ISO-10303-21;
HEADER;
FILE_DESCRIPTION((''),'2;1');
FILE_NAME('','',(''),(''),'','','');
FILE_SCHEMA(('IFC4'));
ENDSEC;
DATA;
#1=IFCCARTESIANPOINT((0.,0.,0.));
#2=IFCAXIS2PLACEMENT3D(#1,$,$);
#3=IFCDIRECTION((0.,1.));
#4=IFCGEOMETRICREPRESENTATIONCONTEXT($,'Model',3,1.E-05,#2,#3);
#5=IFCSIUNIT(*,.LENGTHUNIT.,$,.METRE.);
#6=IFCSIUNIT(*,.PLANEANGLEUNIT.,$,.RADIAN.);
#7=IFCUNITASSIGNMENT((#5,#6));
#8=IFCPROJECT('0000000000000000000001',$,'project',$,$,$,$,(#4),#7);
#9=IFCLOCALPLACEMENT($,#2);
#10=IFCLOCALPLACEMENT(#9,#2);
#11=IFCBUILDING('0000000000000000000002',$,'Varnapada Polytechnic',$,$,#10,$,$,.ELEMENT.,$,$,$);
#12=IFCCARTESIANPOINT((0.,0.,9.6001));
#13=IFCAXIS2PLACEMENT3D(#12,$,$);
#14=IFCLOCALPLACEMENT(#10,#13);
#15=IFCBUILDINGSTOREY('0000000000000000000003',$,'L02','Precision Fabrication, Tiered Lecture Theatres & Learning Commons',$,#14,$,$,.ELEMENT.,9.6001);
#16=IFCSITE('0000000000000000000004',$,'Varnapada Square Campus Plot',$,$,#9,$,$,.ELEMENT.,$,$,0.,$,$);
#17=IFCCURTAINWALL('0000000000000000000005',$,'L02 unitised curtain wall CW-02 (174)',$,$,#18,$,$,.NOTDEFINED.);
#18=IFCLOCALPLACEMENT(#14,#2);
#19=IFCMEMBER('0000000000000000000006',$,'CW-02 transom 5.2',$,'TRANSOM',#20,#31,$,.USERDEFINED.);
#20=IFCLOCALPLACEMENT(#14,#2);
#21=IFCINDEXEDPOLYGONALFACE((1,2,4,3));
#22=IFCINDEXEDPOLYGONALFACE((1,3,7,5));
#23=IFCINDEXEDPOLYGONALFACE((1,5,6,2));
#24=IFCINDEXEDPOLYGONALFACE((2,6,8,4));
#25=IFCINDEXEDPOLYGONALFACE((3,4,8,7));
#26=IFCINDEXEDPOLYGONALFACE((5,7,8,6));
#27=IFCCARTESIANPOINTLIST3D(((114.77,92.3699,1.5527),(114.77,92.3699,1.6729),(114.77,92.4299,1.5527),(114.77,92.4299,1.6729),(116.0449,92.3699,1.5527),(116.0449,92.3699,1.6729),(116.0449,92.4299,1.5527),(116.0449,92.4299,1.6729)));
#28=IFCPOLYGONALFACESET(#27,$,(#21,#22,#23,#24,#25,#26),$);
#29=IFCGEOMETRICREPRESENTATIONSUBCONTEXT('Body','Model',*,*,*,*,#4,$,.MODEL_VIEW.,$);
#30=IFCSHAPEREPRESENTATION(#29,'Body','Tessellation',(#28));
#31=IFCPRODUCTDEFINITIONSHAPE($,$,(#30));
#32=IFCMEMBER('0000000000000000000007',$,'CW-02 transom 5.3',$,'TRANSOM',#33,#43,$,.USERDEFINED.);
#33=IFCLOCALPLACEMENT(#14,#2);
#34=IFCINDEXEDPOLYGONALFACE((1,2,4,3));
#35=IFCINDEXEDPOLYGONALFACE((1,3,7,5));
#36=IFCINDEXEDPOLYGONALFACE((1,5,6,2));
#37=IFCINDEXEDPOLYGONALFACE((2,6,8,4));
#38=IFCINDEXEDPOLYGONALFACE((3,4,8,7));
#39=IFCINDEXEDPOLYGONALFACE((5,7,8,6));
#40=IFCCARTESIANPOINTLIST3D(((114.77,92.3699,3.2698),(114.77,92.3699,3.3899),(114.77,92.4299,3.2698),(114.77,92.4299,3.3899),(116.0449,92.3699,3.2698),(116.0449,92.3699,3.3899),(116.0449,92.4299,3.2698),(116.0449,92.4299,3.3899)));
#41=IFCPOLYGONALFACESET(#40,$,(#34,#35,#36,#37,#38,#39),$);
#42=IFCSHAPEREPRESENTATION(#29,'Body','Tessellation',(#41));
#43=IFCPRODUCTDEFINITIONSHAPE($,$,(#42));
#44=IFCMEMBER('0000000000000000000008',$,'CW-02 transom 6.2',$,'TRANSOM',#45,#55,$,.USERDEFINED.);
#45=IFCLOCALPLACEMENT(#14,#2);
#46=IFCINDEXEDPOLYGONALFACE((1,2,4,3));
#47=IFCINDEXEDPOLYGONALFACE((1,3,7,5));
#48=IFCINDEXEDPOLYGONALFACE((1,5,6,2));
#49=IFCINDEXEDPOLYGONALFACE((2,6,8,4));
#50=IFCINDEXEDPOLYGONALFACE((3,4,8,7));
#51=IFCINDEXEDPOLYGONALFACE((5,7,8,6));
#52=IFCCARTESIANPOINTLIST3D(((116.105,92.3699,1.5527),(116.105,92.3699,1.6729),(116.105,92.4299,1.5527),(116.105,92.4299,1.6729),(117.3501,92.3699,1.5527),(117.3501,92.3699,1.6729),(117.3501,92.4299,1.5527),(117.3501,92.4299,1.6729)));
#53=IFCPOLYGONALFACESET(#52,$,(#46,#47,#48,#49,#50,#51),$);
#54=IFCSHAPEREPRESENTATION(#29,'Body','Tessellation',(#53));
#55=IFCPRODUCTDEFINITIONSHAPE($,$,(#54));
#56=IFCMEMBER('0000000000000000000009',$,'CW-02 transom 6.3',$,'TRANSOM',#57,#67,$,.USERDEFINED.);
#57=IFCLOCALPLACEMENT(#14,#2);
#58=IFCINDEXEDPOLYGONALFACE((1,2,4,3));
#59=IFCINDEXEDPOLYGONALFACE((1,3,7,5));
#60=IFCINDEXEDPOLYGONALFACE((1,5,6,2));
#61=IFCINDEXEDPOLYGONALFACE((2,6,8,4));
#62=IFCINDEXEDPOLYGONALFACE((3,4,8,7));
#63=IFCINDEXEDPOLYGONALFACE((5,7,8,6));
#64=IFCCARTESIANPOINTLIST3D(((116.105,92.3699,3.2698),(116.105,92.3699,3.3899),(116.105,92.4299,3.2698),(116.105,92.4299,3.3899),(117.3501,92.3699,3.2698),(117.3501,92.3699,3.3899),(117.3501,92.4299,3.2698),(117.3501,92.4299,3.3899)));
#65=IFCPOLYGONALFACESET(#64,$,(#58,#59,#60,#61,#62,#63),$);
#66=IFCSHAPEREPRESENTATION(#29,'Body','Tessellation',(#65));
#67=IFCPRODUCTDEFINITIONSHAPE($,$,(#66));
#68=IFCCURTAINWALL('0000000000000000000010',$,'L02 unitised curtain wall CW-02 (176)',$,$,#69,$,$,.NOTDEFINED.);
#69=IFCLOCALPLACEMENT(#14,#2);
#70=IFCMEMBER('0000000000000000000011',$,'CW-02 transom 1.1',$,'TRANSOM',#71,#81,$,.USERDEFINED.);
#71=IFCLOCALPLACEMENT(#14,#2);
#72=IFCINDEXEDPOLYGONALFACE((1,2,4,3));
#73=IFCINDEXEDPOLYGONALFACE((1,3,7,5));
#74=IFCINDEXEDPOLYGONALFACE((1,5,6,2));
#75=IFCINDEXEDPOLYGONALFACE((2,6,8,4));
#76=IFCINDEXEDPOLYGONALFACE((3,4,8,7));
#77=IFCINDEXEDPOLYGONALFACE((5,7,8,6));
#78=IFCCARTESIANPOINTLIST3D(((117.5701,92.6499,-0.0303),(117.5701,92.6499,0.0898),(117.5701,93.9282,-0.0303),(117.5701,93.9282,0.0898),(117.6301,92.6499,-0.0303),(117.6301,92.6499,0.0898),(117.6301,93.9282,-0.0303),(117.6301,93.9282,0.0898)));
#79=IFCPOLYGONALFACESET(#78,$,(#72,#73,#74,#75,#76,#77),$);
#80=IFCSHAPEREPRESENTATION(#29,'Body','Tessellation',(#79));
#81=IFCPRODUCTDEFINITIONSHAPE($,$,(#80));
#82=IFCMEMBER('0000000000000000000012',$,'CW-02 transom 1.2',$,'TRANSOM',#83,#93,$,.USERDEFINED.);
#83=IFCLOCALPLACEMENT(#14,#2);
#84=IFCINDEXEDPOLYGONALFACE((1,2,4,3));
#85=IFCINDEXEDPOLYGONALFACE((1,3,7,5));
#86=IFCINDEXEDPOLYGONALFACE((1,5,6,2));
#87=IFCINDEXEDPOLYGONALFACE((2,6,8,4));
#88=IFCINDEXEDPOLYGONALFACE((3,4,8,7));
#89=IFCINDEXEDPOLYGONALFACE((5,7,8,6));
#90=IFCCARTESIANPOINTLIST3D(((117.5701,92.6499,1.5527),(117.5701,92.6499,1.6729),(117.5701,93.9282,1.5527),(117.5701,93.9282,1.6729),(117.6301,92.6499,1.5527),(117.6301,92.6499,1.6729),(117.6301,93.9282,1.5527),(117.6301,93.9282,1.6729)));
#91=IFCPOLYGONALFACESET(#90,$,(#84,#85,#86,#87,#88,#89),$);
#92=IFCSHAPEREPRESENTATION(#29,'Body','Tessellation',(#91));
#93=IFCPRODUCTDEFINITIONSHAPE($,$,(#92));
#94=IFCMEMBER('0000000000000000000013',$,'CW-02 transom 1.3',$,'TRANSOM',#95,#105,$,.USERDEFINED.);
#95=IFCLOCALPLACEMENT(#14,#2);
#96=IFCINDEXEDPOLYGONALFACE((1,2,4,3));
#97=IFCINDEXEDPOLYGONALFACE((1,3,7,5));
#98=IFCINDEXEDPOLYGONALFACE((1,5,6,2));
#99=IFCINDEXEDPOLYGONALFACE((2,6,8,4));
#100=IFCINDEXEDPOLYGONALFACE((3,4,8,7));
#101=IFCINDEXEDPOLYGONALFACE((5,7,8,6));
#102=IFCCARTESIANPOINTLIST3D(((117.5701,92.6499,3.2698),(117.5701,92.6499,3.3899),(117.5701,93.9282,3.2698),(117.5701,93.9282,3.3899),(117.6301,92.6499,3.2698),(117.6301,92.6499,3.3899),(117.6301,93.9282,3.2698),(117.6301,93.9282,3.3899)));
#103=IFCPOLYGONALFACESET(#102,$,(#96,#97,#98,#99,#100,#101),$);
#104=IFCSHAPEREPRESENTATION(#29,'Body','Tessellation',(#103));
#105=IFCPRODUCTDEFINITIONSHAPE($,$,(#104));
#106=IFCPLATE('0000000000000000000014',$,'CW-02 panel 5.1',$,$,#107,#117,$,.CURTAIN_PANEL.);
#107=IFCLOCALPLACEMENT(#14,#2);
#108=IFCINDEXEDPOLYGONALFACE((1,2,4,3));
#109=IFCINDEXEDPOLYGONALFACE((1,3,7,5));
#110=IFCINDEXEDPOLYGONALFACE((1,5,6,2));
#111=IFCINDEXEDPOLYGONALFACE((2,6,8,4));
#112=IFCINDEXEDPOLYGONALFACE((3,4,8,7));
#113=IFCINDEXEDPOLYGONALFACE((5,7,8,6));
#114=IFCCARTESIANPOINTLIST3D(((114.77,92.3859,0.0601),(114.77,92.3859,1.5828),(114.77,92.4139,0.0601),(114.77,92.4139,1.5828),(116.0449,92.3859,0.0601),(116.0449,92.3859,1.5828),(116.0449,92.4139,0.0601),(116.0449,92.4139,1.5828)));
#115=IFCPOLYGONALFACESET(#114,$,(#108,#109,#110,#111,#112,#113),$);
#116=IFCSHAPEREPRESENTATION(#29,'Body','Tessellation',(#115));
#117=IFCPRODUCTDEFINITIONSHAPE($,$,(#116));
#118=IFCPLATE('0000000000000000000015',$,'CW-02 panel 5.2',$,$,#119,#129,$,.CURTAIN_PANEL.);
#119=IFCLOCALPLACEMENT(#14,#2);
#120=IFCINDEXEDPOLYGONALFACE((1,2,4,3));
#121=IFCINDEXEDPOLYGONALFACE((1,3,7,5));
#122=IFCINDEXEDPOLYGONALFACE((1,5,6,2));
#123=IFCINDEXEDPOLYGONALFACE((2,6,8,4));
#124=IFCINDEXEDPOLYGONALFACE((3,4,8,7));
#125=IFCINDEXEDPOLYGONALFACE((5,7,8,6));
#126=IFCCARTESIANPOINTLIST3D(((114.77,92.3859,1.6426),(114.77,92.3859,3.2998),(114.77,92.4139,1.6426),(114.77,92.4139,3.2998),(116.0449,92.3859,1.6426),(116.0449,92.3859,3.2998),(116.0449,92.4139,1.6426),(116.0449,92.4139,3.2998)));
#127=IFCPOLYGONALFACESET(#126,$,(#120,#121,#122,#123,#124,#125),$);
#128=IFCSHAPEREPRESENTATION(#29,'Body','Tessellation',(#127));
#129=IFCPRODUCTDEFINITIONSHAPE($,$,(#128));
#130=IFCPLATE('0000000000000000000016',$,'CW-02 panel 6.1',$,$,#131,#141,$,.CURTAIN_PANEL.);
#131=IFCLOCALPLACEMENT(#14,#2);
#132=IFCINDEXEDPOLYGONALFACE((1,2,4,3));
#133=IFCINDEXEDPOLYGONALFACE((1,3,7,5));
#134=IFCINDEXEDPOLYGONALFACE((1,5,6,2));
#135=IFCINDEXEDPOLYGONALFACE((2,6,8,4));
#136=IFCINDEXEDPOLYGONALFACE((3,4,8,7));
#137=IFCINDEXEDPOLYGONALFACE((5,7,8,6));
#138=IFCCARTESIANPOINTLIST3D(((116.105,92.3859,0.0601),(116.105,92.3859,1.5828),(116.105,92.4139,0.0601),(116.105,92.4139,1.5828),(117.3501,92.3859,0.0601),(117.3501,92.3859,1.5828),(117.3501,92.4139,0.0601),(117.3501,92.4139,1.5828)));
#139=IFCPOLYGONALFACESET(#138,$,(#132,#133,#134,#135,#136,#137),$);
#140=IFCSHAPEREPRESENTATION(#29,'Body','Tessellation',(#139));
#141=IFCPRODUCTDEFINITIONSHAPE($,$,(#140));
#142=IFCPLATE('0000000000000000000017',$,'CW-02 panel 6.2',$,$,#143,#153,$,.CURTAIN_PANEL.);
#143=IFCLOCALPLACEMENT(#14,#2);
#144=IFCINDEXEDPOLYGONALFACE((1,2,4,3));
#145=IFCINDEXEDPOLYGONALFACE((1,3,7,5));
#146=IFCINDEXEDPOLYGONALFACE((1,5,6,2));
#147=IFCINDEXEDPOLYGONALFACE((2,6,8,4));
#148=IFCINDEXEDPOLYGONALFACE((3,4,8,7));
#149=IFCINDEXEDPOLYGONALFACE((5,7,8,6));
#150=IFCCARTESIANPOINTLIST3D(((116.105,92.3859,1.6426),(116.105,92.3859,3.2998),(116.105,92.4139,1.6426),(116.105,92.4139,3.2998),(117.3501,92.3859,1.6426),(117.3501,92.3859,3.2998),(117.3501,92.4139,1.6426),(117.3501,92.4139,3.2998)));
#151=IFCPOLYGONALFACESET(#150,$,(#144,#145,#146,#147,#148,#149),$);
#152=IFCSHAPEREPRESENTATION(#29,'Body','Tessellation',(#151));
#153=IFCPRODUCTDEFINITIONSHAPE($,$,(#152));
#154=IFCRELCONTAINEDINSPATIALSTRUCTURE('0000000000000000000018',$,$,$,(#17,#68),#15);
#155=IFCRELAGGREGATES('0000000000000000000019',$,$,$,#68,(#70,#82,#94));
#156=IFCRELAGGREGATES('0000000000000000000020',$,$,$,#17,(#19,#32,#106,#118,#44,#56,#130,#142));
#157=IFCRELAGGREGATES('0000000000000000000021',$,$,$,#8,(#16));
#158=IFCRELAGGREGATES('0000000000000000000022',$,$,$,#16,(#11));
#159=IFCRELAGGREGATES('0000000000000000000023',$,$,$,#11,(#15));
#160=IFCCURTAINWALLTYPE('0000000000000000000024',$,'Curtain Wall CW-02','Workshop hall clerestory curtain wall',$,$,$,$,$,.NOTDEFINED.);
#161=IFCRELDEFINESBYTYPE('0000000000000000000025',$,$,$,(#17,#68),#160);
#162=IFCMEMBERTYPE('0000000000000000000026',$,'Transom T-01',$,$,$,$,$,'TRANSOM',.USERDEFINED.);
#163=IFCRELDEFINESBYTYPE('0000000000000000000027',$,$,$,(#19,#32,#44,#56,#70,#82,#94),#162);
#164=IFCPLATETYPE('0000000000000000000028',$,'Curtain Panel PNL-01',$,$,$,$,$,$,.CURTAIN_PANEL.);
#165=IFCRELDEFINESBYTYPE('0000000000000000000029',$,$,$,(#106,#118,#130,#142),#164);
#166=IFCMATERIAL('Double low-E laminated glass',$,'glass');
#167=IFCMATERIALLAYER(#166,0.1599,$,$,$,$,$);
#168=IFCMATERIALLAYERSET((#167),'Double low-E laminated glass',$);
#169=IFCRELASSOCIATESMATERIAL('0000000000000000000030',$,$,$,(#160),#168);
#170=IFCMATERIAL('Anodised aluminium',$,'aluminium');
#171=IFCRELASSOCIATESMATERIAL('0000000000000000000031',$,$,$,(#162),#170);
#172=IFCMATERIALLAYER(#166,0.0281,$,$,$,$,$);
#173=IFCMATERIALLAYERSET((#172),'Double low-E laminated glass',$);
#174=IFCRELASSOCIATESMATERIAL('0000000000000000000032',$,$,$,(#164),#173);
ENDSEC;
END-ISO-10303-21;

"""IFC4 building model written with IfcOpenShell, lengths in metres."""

from ifc_helpers import new_model, si_unit, direction, frame, origin, origin_2d, place, context, subcontext, project, spatial, rectangle, extrude, material, layer, layer_set, material_profile, profile_set, type_object, element, aggregate, save


model = new_model("IFC4")

# Units and contexts
model_context = context("Model", 3, precision=1e-05, world=origin(), true_north=direction((0.0, 1.0)))
body_context = subcontext(model_context, "Body", "Model", "MODEL_VIEW")
ifc_project = project(units=[si_unit("LENGTHUNIT", "METRE"), si_unit("PLANEANGLEUNIT", "RADIAN")], contexts=[model_context])

# Site, building, storey
site_placement = place(None, origin())
site = spatial("IfcSite", under=ifc_project, at=site_placement, Name="Varnapada Square Campus Plot", CompositionType="ELEMENT", RefElevation=0.0)
building_placement = place(site_placement, origin())
building = spatial("IfcBuilding", under=site, at=building_placement, Name="Varnapada Polytechnic", CompositionType="ELEMENT")
storey_placement = place(building_placement, frame((0.0, 0.0, 9.6001)))
storey = spatial("IfcBuildingStorey", under=building, at=storey_placement, Name="L02", Description="Precision Fabrication, Tiered Lecture Theatres & Learning Commons", CompositionType="ELEMENT", Elevation=9.6001)

# Curtain walls, members
ifc_material_1 = material(Name="Double low-E laminated glass", Category="glass")
ifc_layer_1 = layer(ifc_material_1, 0.1599)
ifc_layer_set_1 = layer_set([ifc_layer_1], Name="Double low-E laminated glass")
curtain_wall_type = type_object("IfcCurtainWallType", Name="Curtain Wall CW-02", Description="Workshop hall clerestory curtain wall", PredefinedType="NOTDEFINED", material=ifc_layer_set_1)
curtain_wall_1_placement = place(storey_placement, origin())
curtain_wall_1 = element("IfcCurtainWall", 1, at=curtain_wall_1_placement, inside=storey, type_object=curtain_wall_type, Name="L02 unitised curtain wall CW-02 (174)", PredefinedType="NOTDEFINED")
ifc_material_2 = material(Name="Anodised aluminium", Category="aluminium")
ifc_material_profile = material_profile(ifc_material_2, rectangle(XDim=0.0601, YDim=0.1201, at=origin_2d()), Name="ALU T60x120")
ifc_profile_set = profile_set([ifc_material_profile], Name="Anodised aluminium")
member_type = type_object("IfcMemberType", Name="Transom T-01", ElementType="TRANSOM", PredefinedType="USERDEFINED", material=ifc_profile_set)
member_1_placement = place(storey_placement, frame((114.77, 92.3999, 1.6128), z_axis=(1.0, 0.0, 0.0), x_axis=(0.0, 1.0, 0.0)))
member_1 = element("IfcMember", 2, at=member_1_placement, type_object=member_type, Name="CW-02 transom 5.2", ObjectType="TRANSOM", PredefinedType="USERDEFINED", context=body_context, shape_type="SweptSolid", body=[
    extrude(rectangle(XDim=0.0601, YDim=0.1201, at=origin_2d()), origin(), (0.0, 0.0, 1.0), 1.2749),
])
member_2_placement = place(storey_placement, frame((114.77, 92.3999, 3.3298), z_axis=(1.0, 0.0, 0.0), x_axis=(0.0, 1.0, 0.0)))
member_2 = element("IfcMember", 3, at=member_2_placement, type_object=member_type, Name="CW-02 transom 5.3", ObjectType="TRANSOM", PredefinedType="USERDEFINED", context=body_context, shape_type="SweptSolid", body=[
    extrude(rectangle(XDim=0.0601, YDim=0.1201, at=origin_2d()), origin(), (0.0, 0.0, 1.0), 1.2749),
])
member_3_placement = place(storey_placement, frame((116.105, 92.3999, 1.6128), z_axis=(1.0, 0.0, 0.0), x_axis=(0.0, 1.0, 0.0)))
member_3 = element("IfcMember", 4, at=member_3_placement, type_object=member_type, Name="CW-02 transom 6.2", ObjectType="TRANSOM", PredefinedType="USERDEFINED", context=body_context, shape_type="SweptSolid", body=[
    extrude(rectangle(XDim=0.0601, YDim=0.1201, at=origin_2d()), origin(), (0.0, 0.0, 1.0), 1.2451),
])
member_4_placement = place(storey_placement, frame((116.105, 92.3999, 3.3298), z_axis=(1.0, 0.0, 0.0), x_axis=(0.0, 1.0, 0.0)))
member_4 = element("IfcMember", 5, at=member_4_placement, type_object=member_type, Name="CW-02 transom 6.3", ObjectType="TRANSOM", PredefinedType="USERDEFINED", context=body_context, shape_type="SweptSolid", body=[
    extrude(rectangle(XDim=0.0601, YDim=0.1201, at=origin_2d()), origin(), (0.0, 0.0, 1.0), 1.2451),
])
curtain_wall_2_placement = place(storey_placement, origin())
curtain_wall_2 = element("IfcCurtainWall", 6, at=curtain_wall_2_placement, inside=storey, type_object=curtain_wall_type, Name="L02 unitised curtain wall CW-02 (176)", PredefinedType="NOTDEFINED")
member_5_placement = place(storey_placement, frame((117.6001, 92.6499, 0.0298), z_axis=(0.0, 1.0, 0.0), x_axis=(-1.0, 0.0, 0.0)))
member_5 = element("IfcMember", 7, at=member_5_placement, type_object=member_type, Name="CW-02 transom 1.1", ObjectType="TRANSOM", PredefinedType="USERDEFINED", context=body_context, shape_type="SweptSolid", body=[
    extrude(rectangle(XDim=0.0601, YDim=0.1201, at=origin_2d()), origin(), (0.0, 0.0, 1.0), 1.2783),
])
member_6_placement = place(storey_placement, frame((117.6001, 92.6499, 1.6128), z_axis=(0.0, 1.0, 0.0), x_axis=(-1.0, 0.0, 0.0)))
member_6 = element("IfcMember", 8, at=member_6_placement, type_object=member_type, Name="CW-02 transom 1.2", ObjectType="TRANSOM", PredefinedType="USERDEFINED", context=body_context, shape_type="SweptSolid", body=[
    extrude(rectangle(XDim=0.0601, YDim=0.1201, at=origin_2d()), origin(), (0.0, 0.0, 1.0), 1.2783),
])
member_7_placement = place(storey_placement, frame((117.6001, 92.6499, 3.3298), z_axis=(0.0, 1.0, 0.0), x_axis=(-1.0, 0.0, 0.0)))
member_7 = element("IfcMember", 9, at=member_7_placement, type_object=member_type, Name="CW-02 transom 1.3", ObjectType="TRANSOM", PredefinedType="USERDEFINED", context=body_context, shape_type="SweptSolid", body=[
    extrude(rectangle(XDim=0.0601, YDim=0.1201, at=origin_2d()), origin(), (0.0, 0.0, 1.0), 1.2783),
])
aggregate(curtain_wall_2, [member_5, member_6, member_7])

# Plates
ifc_layer_2 = layer(ifc_material_1, 0.0281)
ifc_layer_set_2 = layer_set([ifc_layer_2], Name="Double low-E laminated glass")
plate_type = type_object("IfcPlateType", Name="Curtain Panel PNL-01", PredefinedType="CURTAIN_PANEL", material=ifc_layer_set_2)
plate_1_placement = place(storey_placement, frame((115.4075, 92.3999, 0.0601), z_axis=(0.0, 0.0, 1.0), x_axis=(1.0, 0.0, 0.0)))
plate_1 = element("IfcPlate", 10, at=plate_1_placement, type_object=plate_type, Name="CW-02 panel 5.1", PredefinedType="CURTAIN_PANEL", context=body_context, shape_type="SweptSolid", body=[
    extrude(rectangle(XDim=1.2749, YDim=0.0281, at=origin_2d()), origin(), (0.0, 0.0, 1.0), 1.5227),
])
plate_2_placement = place(storey_placement, frame((115.4075, 92.3999, 1.6426), z_axis=(0.0, 0.0, 1.0), x_axis=(1.0, 0.0, 0.0)))
plate_2 = element("IfcPlate", 11, at=plate_2_placement, type_object=plate_type, Name="CW-02 panel 5.2", PredefinedType="CURTAIN_PANEL", context=body_context, shape_type="SweptSolid", body=[
    extrude(rectangle(XDim=1.2749, YDim=0.0281, at=origin_2d()), origin(), (0.0, 0.0, 1.0), 1.6572),
])
plate_3_placement = place(storey_placement, frame((116.7275, 92.3999, 0.0601), z_axis=(0.0, 0.0, 1.0), x_axis=(1.0, 0.0, 0.0)))
plate_3 = element("IfcPlate", 12, at=plate_3_placement, type_object=plate_type, Name="CW-02 panel 6.1", PredefinedType="CURTAIN_PANEL", context=body_context, shape_type="SweptSolid", body=[
    extrude(rectangle(XDim=1.2451, YDim=0.0281, at=origin_2d()), origin(), (0.0, 0.0, 1.0), 1.5227),
])
plate_4_placement = place(storey_placement, frame((116.7275, 92.3999, 1.6426), z_axis=(0.0, 0.0, 1.0), x_axis=(1.0, 0.0, 0.0)))
plate_4 = element("IfcPlate", 13, at=plate_4_placement, type_object=plate_type, Name="CW-02 panel 6.2", PredefinedType="CURTAIN_PANEL", context=body_context, shape_type="SweptSolid", body=[
    extrude(rectangle(XDim=1.2451, YDim=0.0281, at=origin_2d()), origin(), (0.0, 0.0, 1.0), 1.6572),
])
aggregate(curtain_wall_1, [member_1, member_2, plate_1, plate_2, member_3, member_4, plate_3, plate_4])

save(model, "model.ifc")
